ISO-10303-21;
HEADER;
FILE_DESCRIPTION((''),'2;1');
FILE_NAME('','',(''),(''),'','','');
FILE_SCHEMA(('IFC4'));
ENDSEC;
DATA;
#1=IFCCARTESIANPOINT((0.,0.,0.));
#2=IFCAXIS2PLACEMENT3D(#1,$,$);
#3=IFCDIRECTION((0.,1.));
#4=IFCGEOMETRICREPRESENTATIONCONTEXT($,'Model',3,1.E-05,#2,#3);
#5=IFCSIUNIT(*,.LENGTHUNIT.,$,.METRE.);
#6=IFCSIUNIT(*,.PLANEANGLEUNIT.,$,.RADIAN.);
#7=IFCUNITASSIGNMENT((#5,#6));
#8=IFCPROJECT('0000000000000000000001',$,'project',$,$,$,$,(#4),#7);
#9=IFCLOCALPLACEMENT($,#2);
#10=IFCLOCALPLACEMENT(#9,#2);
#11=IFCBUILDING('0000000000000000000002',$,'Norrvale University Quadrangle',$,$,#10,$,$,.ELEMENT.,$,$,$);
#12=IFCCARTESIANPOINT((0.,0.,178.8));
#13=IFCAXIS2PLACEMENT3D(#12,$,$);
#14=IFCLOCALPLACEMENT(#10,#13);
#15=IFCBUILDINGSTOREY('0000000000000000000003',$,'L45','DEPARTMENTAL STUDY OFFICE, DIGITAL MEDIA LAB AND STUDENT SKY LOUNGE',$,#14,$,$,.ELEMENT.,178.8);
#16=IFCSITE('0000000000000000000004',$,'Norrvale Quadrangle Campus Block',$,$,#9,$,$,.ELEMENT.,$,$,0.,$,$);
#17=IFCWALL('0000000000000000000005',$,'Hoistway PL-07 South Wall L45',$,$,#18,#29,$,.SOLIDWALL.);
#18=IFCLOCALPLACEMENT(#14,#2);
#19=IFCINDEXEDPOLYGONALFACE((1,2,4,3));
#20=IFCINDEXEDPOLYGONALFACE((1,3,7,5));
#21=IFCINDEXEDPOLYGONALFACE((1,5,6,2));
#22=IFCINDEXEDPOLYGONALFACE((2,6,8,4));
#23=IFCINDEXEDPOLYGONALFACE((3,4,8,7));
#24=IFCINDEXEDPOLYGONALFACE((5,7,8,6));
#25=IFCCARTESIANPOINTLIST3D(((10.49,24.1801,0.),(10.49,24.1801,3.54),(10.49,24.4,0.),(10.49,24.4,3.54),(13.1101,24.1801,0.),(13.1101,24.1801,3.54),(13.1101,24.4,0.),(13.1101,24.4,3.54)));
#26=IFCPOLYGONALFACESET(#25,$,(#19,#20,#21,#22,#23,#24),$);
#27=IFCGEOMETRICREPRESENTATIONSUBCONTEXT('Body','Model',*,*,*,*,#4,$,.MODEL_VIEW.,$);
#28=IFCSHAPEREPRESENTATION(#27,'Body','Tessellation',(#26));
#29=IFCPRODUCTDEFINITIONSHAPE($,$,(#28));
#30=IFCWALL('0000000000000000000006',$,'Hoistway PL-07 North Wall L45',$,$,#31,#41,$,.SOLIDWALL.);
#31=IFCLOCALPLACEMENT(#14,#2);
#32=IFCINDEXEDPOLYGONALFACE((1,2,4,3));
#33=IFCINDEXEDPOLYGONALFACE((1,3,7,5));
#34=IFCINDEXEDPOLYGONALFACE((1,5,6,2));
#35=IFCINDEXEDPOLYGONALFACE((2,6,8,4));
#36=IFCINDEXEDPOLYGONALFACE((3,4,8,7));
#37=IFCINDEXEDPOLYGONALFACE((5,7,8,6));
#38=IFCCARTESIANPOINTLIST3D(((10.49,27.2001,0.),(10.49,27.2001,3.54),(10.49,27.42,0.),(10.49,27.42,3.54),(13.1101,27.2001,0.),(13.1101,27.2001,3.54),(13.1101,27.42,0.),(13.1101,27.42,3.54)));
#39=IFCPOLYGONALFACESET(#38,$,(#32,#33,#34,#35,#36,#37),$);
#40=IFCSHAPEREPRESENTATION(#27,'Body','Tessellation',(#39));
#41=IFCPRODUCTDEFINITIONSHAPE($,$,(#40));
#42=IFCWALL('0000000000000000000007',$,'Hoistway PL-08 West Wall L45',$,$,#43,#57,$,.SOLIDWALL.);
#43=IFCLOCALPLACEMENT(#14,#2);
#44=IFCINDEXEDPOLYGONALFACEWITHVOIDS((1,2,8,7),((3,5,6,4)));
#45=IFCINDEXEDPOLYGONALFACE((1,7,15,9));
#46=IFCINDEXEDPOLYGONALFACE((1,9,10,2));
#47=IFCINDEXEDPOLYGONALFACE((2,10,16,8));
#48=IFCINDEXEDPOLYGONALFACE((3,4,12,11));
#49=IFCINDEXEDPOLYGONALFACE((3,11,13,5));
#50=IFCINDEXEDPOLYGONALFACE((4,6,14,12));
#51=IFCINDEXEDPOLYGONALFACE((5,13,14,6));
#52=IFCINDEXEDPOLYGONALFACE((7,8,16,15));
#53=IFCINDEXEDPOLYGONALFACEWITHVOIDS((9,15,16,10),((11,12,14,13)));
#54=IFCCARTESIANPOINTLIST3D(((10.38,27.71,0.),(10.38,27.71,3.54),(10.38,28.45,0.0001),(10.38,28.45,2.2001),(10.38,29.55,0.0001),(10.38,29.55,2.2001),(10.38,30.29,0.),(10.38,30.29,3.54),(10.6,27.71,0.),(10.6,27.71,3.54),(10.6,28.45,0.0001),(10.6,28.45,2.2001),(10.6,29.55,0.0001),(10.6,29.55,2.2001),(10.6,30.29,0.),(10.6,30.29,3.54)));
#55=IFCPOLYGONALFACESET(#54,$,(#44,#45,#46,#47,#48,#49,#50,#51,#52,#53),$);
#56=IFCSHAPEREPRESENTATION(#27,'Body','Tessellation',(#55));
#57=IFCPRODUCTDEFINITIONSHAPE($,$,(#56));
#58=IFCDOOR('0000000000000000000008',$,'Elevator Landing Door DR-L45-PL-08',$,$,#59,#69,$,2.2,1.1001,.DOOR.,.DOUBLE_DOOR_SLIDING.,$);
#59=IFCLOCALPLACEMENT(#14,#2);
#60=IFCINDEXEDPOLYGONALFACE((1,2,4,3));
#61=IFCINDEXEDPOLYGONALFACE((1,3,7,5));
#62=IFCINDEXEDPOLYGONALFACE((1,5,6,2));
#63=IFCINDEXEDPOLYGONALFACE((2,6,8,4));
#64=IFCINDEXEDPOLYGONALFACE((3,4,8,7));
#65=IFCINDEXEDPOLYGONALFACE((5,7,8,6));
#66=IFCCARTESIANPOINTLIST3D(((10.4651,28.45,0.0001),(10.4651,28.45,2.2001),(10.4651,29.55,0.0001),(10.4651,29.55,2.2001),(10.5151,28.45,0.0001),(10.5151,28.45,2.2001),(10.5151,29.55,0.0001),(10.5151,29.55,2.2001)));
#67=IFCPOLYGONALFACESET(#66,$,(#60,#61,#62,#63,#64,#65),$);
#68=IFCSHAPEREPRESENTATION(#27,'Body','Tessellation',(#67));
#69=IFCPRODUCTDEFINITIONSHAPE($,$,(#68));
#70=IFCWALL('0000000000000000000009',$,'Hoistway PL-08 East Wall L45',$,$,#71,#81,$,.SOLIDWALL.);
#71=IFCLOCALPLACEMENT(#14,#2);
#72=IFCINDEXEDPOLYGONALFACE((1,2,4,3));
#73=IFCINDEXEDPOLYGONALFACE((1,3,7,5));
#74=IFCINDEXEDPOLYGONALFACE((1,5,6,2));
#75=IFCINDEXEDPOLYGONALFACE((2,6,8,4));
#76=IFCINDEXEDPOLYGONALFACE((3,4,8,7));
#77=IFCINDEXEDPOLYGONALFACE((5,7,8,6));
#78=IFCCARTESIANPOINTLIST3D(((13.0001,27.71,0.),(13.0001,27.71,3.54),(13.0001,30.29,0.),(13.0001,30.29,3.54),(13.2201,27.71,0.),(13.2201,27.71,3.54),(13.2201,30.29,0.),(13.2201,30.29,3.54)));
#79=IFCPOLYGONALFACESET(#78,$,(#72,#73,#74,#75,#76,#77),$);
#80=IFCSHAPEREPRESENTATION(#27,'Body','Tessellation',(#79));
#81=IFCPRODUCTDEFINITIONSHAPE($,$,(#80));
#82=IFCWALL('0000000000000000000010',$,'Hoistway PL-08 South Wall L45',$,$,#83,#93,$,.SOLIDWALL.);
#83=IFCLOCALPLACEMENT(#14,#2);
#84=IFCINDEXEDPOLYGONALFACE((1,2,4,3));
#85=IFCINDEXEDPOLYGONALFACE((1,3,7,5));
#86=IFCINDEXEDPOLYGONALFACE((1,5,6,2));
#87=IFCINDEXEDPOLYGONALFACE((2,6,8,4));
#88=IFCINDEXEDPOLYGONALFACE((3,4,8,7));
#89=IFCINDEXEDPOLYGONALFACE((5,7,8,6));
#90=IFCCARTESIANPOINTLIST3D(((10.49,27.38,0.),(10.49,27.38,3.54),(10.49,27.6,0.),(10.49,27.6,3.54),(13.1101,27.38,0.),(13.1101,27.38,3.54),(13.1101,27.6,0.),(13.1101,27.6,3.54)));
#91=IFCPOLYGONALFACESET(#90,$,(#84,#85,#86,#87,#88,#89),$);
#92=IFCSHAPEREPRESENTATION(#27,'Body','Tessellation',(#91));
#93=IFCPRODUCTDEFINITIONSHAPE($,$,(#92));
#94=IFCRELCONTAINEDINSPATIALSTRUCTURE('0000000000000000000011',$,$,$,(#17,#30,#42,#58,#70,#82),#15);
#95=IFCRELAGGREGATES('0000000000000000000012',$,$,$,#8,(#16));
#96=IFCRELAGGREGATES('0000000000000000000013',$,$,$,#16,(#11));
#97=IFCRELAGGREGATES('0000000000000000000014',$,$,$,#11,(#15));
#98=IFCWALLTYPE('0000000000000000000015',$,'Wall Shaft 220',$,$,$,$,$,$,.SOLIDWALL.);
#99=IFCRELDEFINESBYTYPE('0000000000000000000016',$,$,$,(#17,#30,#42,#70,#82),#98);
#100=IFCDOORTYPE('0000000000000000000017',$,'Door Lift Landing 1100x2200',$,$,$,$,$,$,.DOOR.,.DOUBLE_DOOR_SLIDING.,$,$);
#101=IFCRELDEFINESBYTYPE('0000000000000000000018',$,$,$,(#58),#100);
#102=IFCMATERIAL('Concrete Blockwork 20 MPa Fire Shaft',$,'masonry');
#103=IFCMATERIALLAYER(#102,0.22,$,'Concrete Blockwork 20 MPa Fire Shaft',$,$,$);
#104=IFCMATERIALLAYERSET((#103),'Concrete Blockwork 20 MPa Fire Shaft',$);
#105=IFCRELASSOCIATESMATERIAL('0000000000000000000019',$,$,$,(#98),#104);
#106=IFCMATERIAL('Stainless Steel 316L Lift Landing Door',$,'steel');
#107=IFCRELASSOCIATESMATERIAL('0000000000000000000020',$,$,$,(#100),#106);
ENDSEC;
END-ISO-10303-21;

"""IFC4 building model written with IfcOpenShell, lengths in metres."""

from ifc_helpers import new_model, si_unit, direction, frame, frame_2d, origin, place, context, subcontext, project, spatial, rectangle, extrude, material, layer, layer_set, type_object, element, fill, save


model = new_model("IFC4")

# Units and contexts
model_context = context("Model", 3, precision=1e-05, world=origin(), true_north=direction((0.0, 1.0)))
body_context = subcontext(model_context, "Body", "Model", "MODEL_VIEW")
ifc_project = project(units=[si_unit("LENGTHUNIT", "METRE"), si_unit("PLANEANGLEUNIT", "RADIAN")], contexts=[model_context])

# Site, building, storey
site_placement = place(None, origin())
site = spatial("IfcSite", under=ifc_project, at=site_placement, Name="Norrvale Quadrangle Campus Block", CompositionType="ELEMENT", RefElevation=0.0)
building_placement = place(site_placement, origin())
building = spatial("IfcBuilding", under=site, at=building_placement, Name="Norrvale University Quadrangle", CompositionType="ELEMENT")
storey_placement = place(building_placement, frame((0.0, 0.0, 178.8)))
storey = spatial("IfcBuildingStorey", under=building, at=storey_placement, Name="L45", Description="DEPARTMENTAL STUDY OFFICE, DIGITAL MEDIA LAB AND STUDENT SKY LOUNGE", CompositionType="ELEMENT", Elevation=178.8)

# Shared definitions
ifc_material_1 = material(Name="Concrete Blockwork 20 MPa Fire Shaft", Category="masonry")
ifc_layer_1 = layer(ifc_material_1, 0.22, Name="Concrete Blockwork 20 MPa Fire Shaft")
ifc_layer_set_1 = layer_set([ifc_layer_1], Name="Concrete Blockwork 20 MPa Fire Shaft")
wall_type_1 = type_object("IfcWallType", Name="Wall Shaft 220", PredefinedType="SOLIDWALL", material=ifc_layer_set_1)
ifc_material_2 = material(Name="Stainless Steel 316L Lift Landing Door", Category="steel")
door_type_1 = type_object("IfcDoorType", Name="Door Lift Landing 1100x2200", OperationType="DOUBLE_DOOR_SLIDING", PredefinedType="DOOR", material=ifc_material_2)

# Walls
for number, where, z_axis, x_axis, name in (
    (1, (10.49, 24.29, 0.0), (0.0, 0.0, 1.0), (1.0, 0.0, 0.0), "Hoistway PL-07 South Wall L45"),
    (2, (10.49, 27.3101, 0.0), (0.0, 0.0, 1.0), (1.0, 0.0, 0.0), "Hoistway PL-07 North Wall L45"),
):
    element("IfcWall", number, at=place(storey_placement, frame(where, z_axis=z_axis, x_axis=x_axis)), inside=storey, type_object=wall_type_1, Name=name, PredefinedType="SOLIDWALL", context=body_context, shape_type="SweptSolid", body=[
        extrude(rectangle(XDim=2.6201, YDim=0.22, at=frame_2d((1.3101, 0.0))), origin(), (0.0, 0.0, 1.0), 3.54),
    ])

# Wall, opening, door
wall_1_placement = place(storey_placement, frame((10.49, 27.71, 0.0), z_axis=(0.0, 0.0, 1.0), x_axis=(0.0, 1.0, 0.0)))
wall_1 = element("IfcWall", 3, at=wall_1_placement, inside=storey, type_object=wall_type_1, Name="Hoistway PL-08 West Wall L45", PredefinedType="SOLIDWALL", context=body_context, shape_type="SweptSolid", body=[
    extrude(rectangle(XDim=2.5801, YDim=0.22, at=frame_2d((1.29, 0.0))), origin(), (0.0, 0.0, 1.0), 3.54),
])
opening_1_placement = place(wall_1_placement, frame((0.74, 0.0, 0.0)))
opening_1 = element("IfcOpeningElement", 4, at=opening_1_placement, cuts=wall_1, PredefinedType="OPENING", context=body_context, shape_type="SweptSolid", body=[
    extrude(rectangle(XDim=1.1001, YDim=2.2, at=frame_2d((0.55, 1.1001))), frame((0.0, 0.1221, 0.0), z_axis=(0.0, -1.0, 0.0), x_axis=(1.0, 0.0, 0.0)), (0.0, 0.0, 1.0), 0.2439),
])
door_1_placement = place(opening_1_placement, origin())
door_1 = element("IfcDoor", 5, at=door_1_placement, inside=storey, type_object=door_type_1, Name="Elevator Landing Door DR-L45-PL-08", OperationType="DOUBLE_DOOR_SLIDING", OverallHeight=2.2, OverallWidth=1.1001, PredefinedType="DOOR", context=body_context, shape_type="SweptSolid", body=[
    extrude(rectangle(XDim=1.1001, YDim=2.2, at=frame_2d((0.55, 1.1001))), frame((0.0, 0.0249, 0.0), z_axis=(0.0, -1.0, 0.0), x_axis=(1.0, 0.0, 0.0)), (0.0, 0.0, 1.0), 0.05),
])
fill(opening_1, door_1)

# Walls
wall_2_placement = place(storey_placement, frame((13.1101, 27.71, 0.0), z_axis=(0.0, 0.0, 1.0), x_axis=(0.0, 1.0, 0.0)))
element("IfcWall", 6, at=wall_2_placement, inside=storey, type_object=wall_type_1, Name="Hoistway PL-08 East Wall L45", PredefinedType="SOLIDWALL", context=body_context, shape_type="SweptSolid", body=[
    extrude(rectangle(XDim=2.5801, YDim=0.22, at=frame_2d((1.29, 0.0))), origin(), (0.0, 0.0, 1.0), 3.54),
])
wall_3_placement = place(storey_placement, frame((10.49, 27.49, 0.0), z_axis=(0.0, 0.0, 1.0), x_axis=(1.0, 0.0, 0.0)))
element("IfcWall", 7, at=wall_3_placement, inside=storey, type_object=wall_type_1, Name="Hoistway PL-08 South Wall L45", PredefinedType="SOLIDWALL", context=body_context, shape_type="SweptSolid", body=[
    extrude(rectangle(XDim=2.6201, YDim=0.22, at=frame_2d((1.3101, 0.0))), origin(), (0.0, 0.0, 1.0), 3.54),
])

save(model, "model.ifc")
